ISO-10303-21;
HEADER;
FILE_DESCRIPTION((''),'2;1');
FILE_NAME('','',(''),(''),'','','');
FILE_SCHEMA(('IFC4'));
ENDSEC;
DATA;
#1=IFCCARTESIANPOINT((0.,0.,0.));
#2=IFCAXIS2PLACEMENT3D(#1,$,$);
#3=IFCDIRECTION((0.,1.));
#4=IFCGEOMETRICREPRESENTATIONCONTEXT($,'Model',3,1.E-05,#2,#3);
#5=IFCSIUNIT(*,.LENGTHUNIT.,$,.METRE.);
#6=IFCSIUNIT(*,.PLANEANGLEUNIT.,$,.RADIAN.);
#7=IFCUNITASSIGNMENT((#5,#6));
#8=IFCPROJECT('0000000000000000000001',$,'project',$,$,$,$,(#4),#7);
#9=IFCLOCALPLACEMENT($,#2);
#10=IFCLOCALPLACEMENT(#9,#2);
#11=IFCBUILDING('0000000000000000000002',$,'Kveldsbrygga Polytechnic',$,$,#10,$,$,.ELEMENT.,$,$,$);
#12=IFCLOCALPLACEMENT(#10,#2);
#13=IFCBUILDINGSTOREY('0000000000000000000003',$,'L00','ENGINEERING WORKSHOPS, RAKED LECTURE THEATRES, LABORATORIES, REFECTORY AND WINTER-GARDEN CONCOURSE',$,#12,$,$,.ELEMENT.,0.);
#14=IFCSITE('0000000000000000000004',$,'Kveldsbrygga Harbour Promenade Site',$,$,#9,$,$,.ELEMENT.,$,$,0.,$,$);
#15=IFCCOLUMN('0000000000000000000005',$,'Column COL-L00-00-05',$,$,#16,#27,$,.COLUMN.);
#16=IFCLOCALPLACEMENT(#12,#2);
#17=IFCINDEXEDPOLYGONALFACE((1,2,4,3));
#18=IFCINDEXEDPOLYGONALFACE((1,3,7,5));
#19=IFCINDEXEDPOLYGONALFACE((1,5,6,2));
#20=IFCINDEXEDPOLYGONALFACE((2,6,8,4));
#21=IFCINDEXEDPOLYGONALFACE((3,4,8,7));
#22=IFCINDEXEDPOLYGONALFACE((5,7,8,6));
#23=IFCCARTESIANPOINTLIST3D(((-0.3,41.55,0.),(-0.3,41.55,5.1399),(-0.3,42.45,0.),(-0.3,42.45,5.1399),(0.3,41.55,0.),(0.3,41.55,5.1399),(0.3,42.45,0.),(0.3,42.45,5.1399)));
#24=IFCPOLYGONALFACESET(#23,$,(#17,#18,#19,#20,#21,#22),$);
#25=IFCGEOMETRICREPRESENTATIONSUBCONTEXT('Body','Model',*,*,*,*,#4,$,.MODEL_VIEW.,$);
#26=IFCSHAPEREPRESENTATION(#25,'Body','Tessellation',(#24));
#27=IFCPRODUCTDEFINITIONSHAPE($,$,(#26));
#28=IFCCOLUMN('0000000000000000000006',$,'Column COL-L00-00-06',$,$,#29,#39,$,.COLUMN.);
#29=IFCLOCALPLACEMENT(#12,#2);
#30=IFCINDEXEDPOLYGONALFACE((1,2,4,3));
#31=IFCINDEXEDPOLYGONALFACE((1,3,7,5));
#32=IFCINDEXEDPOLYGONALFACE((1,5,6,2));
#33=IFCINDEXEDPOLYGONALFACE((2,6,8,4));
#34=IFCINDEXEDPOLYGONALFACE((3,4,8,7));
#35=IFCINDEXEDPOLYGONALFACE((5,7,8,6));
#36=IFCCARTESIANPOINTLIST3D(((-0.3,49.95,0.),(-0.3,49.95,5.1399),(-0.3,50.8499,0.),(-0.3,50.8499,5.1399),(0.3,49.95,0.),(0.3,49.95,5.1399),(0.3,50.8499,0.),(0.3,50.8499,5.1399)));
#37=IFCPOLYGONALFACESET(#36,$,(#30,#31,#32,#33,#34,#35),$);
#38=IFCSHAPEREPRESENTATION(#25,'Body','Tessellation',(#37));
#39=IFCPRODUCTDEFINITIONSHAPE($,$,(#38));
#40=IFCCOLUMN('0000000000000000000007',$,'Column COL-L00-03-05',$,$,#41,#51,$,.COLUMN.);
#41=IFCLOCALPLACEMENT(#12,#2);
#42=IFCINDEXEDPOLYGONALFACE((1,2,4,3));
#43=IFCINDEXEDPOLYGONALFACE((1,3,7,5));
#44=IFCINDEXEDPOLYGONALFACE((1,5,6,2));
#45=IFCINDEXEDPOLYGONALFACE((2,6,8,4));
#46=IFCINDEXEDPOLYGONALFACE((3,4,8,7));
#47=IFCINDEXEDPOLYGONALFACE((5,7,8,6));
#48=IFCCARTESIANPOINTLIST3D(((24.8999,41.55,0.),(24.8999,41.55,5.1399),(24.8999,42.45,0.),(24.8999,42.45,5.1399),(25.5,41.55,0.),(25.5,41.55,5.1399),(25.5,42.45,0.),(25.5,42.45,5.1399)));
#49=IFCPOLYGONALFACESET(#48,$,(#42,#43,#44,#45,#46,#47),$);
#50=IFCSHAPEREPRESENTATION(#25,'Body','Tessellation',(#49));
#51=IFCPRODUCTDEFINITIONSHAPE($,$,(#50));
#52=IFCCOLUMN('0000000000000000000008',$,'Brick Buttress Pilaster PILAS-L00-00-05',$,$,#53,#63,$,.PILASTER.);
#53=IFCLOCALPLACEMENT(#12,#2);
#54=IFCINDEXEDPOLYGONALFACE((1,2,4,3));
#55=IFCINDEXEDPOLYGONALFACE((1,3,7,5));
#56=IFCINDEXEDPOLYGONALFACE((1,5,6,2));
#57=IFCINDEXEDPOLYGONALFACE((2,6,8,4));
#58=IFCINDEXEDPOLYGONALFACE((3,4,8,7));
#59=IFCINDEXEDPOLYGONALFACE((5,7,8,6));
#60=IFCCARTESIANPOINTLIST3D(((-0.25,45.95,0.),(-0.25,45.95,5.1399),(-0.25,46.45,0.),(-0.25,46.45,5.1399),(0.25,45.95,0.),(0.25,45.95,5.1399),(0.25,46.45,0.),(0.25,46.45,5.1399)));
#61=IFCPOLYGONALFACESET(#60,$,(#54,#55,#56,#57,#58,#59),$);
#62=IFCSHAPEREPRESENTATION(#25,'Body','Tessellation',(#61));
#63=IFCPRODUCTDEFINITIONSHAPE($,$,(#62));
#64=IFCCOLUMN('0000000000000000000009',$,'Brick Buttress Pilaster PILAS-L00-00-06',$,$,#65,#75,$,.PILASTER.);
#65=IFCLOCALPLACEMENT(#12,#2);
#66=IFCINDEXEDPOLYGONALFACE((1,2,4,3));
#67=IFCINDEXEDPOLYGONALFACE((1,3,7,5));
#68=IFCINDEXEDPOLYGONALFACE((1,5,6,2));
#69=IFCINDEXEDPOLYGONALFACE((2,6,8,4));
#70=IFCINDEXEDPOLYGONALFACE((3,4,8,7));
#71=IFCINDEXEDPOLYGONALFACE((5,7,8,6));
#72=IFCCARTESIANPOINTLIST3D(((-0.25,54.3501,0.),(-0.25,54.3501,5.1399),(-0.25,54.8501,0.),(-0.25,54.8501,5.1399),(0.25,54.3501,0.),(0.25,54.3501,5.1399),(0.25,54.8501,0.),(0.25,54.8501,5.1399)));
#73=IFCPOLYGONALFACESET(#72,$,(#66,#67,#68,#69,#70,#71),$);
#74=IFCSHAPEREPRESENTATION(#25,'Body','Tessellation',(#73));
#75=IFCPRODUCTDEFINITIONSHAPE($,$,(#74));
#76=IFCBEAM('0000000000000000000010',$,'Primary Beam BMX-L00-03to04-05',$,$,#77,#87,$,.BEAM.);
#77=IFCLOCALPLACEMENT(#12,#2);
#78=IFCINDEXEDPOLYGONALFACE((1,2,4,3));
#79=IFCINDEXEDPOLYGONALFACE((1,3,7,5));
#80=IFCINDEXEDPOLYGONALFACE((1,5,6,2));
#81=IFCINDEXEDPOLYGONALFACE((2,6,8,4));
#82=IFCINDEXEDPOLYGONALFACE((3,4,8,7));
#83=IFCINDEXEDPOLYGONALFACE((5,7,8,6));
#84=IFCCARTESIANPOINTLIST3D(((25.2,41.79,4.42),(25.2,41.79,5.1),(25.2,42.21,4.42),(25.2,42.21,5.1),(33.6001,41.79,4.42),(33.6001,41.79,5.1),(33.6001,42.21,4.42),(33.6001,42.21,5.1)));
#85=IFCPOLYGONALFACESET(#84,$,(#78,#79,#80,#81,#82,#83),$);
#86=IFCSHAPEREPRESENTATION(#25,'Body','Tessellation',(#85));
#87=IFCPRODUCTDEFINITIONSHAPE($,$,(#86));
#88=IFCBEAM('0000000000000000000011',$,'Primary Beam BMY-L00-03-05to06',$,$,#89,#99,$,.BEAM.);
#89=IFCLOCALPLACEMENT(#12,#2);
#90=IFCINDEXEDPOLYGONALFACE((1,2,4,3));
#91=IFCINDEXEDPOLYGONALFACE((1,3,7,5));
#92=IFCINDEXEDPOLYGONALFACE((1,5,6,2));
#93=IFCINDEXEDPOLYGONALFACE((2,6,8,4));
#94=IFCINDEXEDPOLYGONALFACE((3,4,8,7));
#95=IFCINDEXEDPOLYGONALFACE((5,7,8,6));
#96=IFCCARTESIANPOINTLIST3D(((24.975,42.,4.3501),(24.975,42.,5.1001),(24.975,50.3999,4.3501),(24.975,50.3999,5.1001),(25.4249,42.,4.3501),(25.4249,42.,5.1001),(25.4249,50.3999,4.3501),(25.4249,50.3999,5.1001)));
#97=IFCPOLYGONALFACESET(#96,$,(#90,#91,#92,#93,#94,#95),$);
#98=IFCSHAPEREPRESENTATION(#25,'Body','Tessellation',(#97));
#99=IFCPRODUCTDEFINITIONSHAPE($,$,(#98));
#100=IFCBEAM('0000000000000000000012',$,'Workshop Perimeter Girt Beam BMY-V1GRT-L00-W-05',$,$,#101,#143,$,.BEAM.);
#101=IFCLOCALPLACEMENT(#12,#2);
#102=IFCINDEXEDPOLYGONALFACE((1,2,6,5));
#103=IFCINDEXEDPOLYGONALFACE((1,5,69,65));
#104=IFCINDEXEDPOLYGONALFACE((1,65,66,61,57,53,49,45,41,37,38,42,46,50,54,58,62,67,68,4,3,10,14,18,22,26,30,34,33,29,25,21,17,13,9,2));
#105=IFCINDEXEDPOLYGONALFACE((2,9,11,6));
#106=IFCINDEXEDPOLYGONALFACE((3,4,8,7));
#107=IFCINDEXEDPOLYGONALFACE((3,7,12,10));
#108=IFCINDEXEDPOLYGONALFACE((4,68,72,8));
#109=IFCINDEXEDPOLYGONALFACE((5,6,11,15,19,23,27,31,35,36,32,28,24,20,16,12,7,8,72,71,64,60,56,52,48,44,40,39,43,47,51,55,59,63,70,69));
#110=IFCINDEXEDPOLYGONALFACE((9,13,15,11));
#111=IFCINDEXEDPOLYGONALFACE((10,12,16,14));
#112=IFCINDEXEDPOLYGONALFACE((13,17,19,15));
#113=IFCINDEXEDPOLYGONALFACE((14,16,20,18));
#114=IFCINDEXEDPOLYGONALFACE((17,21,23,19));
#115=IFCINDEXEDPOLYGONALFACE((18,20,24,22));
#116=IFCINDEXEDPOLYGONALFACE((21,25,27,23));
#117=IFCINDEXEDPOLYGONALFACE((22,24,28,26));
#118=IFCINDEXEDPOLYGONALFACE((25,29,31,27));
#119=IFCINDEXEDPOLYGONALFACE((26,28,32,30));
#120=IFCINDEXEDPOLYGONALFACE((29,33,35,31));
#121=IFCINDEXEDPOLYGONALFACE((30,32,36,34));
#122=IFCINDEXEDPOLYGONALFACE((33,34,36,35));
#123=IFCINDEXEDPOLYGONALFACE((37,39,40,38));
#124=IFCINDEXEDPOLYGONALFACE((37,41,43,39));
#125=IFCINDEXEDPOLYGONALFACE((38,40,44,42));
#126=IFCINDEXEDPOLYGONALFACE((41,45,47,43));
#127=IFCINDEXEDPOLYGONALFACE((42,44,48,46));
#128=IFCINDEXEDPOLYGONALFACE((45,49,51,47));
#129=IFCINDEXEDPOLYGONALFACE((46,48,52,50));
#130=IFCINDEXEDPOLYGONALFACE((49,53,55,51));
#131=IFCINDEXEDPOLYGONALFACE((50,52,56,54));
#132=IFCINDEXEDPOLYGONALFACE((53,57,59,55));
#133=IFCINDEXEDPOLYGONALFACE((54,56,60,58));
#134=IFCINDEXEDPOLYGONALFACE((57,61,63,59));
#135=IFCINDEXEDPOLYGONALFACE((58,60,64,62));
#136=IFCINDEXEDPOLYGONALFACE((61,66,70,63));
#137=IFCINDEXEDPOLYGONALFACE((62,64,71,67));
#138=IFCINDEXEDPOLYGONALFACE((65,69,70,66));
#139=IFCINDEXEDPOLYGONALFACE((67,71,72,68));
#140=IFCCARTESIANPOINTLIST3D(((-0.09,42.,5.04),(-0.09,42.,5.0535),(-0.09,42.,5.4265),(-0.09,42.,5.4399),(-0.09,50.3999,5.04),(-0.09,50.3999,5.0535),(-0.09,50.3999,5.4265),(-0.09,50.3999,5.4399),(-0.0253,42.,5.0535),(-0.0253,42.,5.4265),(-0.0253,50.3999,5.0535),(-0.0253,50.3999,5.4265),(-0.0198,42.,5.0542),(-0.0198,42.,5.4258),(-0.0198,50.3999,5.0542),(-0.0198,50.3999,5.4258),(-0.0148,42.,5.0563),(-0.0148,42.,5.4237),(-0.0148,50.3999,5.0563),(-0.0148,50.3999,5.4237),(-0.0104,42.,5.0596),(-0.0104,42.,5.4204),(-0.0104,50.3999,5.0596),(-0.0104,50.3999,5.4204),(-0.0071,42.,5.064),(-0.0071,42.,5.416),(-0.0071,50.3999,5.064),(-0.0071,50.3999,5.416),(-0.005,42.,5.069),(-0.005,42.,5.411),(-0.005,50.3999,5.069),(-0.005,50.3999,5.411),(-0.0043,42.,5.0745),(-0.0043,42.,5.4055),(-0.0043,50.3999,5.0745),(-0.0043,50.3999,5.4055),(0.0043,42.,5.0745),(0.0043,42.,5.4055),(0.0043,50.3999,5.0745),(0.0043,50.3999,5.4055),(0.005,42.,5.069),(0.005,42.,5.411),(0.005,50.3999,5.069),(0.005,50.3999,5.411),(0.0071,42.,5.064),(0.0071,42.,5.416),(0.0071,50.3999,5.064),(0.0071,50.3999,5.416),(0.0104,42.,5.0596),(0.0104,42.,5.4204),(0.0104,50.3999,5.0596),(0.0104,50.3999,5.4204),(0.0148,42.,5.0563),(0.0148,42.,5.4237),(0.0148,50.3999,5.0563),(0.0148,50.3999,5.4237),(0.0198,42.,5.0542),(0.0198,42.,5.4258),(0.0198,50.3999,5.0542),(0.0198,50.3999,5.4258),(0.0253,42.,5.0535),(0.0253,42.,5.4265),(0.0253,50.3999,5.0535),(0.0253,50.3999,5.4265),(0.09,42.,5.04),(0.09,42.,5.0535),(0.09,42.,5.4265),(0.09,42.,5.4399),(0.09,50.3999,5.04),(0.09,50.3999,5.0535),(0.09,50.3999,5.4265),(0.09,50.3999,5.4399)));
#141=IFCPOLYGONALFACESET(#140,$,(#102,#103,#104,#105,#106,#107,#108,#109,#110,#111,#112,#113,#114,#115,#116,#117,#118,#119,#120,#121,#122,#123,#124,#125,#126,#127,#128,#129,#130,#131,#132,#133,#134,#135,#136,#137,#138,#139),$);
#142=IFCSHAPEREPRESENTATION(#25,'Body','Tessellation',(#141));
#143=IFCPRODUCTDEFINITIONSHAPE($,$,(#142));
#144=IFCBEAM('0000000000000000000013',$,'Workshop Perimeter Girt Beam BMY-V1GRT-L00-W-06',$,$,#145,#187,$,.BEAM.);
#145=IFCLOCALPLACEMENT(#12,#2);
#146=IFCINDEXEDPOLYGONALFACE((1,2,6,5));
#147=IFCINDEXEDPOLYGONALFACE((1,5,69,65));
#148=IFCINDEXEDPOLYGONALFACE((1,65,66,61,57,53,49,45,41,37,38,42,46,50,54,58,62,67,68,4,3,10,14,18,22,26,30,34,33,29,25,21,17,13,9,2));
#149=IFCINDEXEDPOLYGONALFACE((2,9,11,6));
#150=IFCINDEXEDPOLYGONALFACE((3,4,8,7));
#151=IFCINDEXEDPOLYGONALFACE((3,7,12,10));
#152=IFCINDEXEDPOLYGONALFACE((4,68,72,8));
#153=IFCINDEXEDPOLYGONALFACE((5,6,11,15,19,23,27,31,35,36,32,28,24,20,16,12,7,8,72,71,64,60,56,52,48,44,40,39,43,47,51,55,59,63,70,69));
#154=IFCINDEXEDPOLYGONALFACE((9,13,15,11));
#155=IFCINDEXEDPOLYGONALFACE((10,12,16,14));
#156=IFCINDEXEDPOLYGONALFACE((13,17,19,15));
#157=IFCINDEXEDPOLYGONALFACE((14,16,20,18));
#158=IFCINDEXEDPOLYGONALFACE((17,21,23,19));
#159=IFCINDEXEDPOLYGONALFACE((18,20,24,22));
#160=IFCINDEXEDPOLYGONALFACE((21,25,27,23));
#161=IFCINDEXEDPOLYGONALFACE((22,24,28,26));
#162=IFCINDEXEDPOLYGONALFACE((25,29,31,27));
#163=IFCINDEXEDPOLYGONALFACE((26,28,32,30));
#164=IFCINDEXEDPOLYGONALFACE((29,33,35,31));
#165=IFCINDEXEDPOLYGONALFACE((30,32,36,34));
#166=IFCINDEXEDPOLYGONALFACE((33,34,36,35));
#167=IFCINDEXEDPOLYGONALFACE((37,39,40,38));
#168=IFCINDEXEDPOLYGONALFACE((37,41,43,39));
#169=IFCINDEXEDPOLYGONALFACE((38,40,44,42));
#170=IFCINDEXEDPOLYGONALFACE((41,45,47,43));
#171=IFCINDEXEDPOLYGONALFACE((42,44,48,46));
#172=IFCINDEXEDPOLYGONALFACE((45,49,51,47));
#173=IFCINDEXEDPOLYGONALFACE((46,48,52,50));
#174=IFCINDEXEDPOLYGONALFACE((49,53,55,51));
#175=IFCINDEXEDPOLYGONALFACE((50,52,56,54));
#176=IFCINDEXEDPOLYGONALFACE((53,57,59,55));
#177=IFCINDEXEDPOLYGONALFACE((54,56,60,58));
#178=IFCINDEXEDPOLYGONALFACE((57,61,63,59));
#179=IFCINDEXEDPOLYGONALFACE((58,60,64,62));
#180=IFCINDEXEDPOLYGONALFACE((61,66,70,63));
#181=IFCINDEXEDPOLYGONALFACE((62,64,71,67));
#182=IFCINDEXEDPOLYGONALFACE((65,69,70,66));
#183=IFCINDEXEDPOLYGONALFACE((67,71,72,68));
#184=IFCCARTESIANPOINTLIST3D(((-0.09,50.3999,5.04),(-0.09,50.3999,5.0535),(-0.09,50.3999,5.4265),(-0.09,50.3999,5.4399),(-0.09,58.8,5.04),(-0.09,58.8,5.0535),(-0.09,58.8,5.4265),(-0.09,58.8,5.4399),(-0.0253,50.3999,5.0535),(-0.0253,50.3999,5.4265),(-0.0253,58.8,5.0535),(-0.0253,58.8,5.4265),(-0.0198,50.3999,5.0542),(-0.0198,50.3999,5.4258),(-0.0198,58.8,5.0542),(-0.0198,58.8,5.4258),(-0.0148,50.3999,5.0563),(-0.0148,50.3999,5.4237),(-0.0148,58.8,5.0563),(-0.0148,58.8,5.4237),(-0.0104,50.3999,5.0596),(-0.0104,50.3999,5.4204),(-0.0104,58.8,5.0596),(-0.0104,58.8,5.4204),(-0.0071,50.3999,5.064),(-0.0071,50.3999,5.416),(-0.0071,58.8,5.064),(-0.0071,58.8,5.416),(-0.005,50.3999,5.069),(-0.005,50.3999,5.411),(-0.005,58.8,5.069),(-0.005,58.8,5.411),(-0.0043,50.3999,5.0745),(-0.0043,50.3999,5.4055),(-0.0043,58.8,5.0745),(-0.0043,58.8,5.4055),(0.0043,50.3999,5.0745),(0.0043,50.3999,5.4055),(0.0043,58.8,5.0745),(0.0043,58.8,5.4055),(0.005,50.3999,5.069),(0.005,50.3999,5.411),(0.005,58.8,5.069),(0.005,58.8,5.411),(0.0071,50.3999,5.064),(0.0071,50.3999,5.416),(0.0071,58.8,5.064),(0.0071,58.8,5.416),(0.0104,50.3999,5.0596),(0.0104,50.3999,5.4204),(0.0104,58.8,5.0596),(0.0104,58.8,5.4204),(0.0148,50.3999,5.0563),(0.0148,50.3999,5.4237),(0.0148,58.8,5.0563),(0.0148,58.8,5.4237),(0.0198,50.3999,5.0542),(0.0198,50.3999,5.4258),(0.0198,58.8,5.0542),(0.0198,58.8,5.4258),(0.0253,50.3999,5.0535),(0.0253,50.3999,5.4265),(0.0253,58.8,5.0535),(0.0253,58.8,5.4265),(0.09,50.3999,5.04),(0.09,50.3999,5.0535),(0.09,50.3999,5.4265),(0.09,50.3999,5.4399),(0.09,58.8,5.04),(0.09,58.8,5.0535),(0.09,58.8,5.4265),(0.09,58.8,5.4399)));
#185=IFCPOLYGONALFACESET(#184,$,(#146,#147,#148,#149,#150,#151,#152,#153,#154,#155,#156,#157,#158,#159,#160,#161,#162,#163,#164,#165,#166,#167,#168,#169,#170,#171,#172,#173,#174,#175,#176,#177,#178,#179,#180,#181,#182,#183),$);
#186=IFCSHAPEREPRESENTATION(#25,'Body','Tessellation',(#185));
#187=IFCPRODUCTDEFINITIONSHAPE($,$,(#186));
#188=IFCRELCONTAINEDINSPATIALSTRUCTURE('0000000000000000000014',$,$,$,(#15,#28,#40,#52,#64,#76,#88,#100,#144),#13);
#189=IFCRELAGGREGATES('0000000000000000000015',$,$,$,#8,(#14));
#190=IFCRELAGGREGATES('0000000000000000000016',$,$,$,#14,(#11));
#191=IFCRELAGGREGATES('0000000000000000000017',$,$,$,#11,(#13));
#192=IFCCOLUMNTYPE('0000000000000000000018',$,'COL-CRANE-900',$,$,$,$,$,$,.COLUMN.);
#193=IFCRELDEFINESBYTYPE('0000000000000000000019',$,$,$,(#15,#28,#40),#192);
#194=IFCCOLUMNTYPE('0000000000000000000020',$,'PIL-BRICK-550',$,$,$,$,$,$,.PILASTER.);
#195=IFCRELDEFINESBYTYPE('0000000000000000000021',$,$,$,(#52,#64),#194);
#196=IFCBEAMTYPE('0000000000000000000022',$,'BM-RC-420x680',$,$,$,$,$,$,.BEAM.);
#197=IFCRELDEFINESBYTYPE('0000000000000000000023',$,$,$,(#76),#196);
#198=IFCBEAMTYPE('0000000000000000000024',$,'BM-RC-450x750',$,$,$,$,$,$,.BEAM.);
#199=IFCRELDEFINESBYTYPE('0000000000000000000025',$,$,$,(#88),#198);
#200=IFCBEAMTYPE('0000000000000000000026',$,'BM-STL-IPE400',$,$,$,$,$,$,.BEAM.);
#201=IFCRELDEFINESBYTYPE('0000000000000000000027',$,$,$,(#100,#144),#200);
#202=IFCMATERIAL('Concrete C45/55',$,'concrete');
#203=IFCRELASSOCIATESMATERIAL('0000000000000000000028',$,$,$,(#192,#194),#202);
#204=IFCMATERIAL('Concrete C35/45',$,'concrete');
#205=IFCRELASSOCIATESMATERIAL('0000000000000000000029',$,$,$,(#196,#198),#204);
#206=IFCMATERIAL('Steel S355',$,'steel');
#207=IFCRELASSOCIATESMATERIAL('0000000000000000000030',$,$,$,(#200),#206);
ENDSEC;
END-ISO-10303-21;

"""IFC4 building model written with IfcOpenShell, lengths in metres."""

from ifc_helpers import new_model, si_unit, direction, frame, origin, origin_2d, place, context, subcontext, project, spatial, rectangle, i_section, extrude, material, material_profile, profile_set, type_object, element, save


model = new_model("IFC4")

# Units and contexts
model_context = context("Model", 3, precision=1e-05, world=origin(), true_north=direction((0.0, 1.0)))
body_context = subcontext(model_context, "Body", "Model", "MODEL_VIEW")
ifc_project = project(units=[si_unit("LENGTHUNIT", "METRE"), si_unit("PLANEANGLEUNIT", "RADIAN")], contexts=[model_context])

# Site, building, storey
site_placement = place(None, origin())
site = spatial("IfcSite", under=ifc_project, at=site_placement, Name="Kveldsbrygga Harbour Promenade Site", CompositionType="ELEMENT", RefElevation=0.0)
building_placement = place(site_placement, origin())
building = spatial("IfcBuilding", under=site, at=building_placement, Name="Kveldsbrygga Polytechnic", CompositionType="ELEMENT")
storey_placement = place(building_placement, origin())
storey = spatial("IfcBuildingStorey", under=building, at=storey_placement, Name="L00", Description="ENGINEERING WORKSHOPS, RAKED LECTURE THEATRES, LABORATORIES, REFECTORY AND WINTER-GARDEN CONCOURSE", CompositionType="ELEMENT", Elevation=0.0)

# Columns
ifc_material_1 = material(Name="Concrete C45/55", Category="concrete")
ifc_material_profile_1 = material_profile(ifc_material_1, rectangle(XDim=0.6001, YDim=0.8999, at=origin_2d()), Name="RC 600x900")
ifc_profile_set_1 = profile_set([ifc_material_profile_1], Name="Concrete C45/55")
column_type_1 = type_object("IfcColumnType", Name="COL-CRANE-900", PredefinedType="COLUMN", material=ifc_profile_set_1)
for number, where, z_axis, x_axis, name in (
    (1, (0.0, 42.0, 0.0), (0.0, 0.0, 1.0), (1.0, 0.0, 0.0), "Column COL-L00-00-05"),
    (2, (0.0, 50.3999, 0.0), (0.0, 0.0, 1.0), (1.0, 0.0, 0.0), "Column COL-L00-00-06"),
    (3, (25.2, 42.0, 0.0), (0.0, 0.0, 1.0), (1.0, 0.0, 0.0), "Column COL-L00-03-05"),
):
    element("IfcColumn", number, at=place(storey_placement, frame(where, z_axis=z_axis, x_axis=x_axis)), inside=storey, type_object=column_type_1, Name=name, PredefinedType="COLUMN", context=body_context, shape_type="SweptSolid", body=[
        extrude(rectangle(XDim=0.6001, YDim=0.8999, at=origin_2d()), origin(), (0.0, 0.0, 1.0), 5.1399),
    ])
ifc_material_profile_2 = material_profile(ifc_material_1, rectangle(XDim=0.5, YDim=0.5, at=origin_2d()), Name="RC 500x500")
ifc_profile_set_2 = profile_set([ifc_material_profile_2], Name="Concrete C45/55")
column_type_2 = type_object("IfcColumnType", Name="PIL-BRICK-550", PredefinedType="PILASTER", material=ifc_profile_set_2)
for number, where, z_axis, x_axis, name in (
    (4, (0.0, 46.2, 0.0), (0.0, 0.0, 1.0), (1.0, 0.0, 0.0), "Brick Buttress Pilaster PILAS-L00-00-05"),
    (5, (0.0, 54.6001, 0.0), (0.0, 0.0, 1.0), (1.0, 0.0, 0.0), "Brick Buttress Pilaster PILAS-L00-00-06"),
):
    element("IfcColumn", number, at=place(storey_placement, frame(where, z_axis=z_axis, x_axis=x_axis)), inside=storey, type_object=column_type_2, Name=name, PredefinedType="PILASTER", context=body_context, shape_type="SweptSolid", body=[
        extrude(rectangle(XDim=0.5, YDim=0.5, at=origin_2d()), origin(), (0.0, 0.0, 1.0), 5.1399),
    ])

# Beams
ifc_material_2 = material(Name="Concrete C35/45", Category="concrete")
ifc_material_profile_3 = material_profile(ifc_material_2, rectangle(XDim=0.4199, YDim=0.6799, at=origin_2d()), Name="RC 420x680")
ifc_profile_set_3 = profile_set([ifc_material_profile_3], Name="Concrete C35/45")
beam_type_1 = type_object("IfcBeamType", Name="BM-RC-420x680", PredefinedType="BEAM", material=ifc_profile_set_3)
beam_1_placement = place(storey_placement, frame((25.2, 42.0, 4.76), z_axis=(1.0, 0.0, 0.0), x_axis=(0.0, 1.0, 0.0)))
element("IfcBeam", 6, at=beam_1_placement, inside=storey, type_object=beam_type_1, Name="Primary Beam BMX-L00-03to04-05", PredefinedType="BEAM", context=body_context, shape_type="SweptSolid", body=[
    extrude(rectangle(XDim=0.4199, YDim=0.6799, at=origin_2d()), origin(), (0.0, 0.0, 1.0), 8.4001),
])
ifc_material_profile_4 = material_profile(ifc_material_2, rectangle(XDim=0.45, YDim=0.75, at=origin_2d()), Name="RC 450x750")
ifc_profile_set_4 = profile_set([ifc_material_profile_4], Name="Concrete C35/45")
beam_type_2 = type_object("IfcBeamType", Name="BM-RC-450x750", PredefinedType="BEAM", material=ifc_profile_set_4)
beam_2_placement = place(storey_placement, frame((25.2, 42.0, 4.7251), z_axis=(0.0, 1.0, 0.0), x_axis=(-1.0, 0.0, 0.0)))
element("IfcBeam", 7, at=beam_2_placement, inside=storey, type_object=beam_type_2, Name="Primary Beam BMY-L00-03-05to06", PredefinedType="BEAM", context=body_context, shape_type="SweptSolid", body=[
    extrude(rectangle(XDim=0.45, YDim=0.75, at=origin_2d()), origin(), (0.0, 0.0, 1.0), 8.3999),
])
ifc_material_3 = material(Name="Steel S355", Category="steel")
ifc_material_profile_5 = material_profile(ifc_material_3, i_section(OverallWidth=0.1799, OverallDepth=0.3999, WebThickness=0.0085, FlangeThickness=0.0134, FilletRadius=0.021, at=origin_2d()), Name="IPE 400")
ifc_profile_set_5 = profile_set([ifc_material_profile_5], Name="Steel S355")
beam_type_3 = type_object("IfcBeamType", Name="BM-STL-IPE400", PredefinedType="BEAM", material=ifc_profile_set_5)
beam_3_placement = place(storey_placement, frame((0.0, 42.0, 5.24), z_axis=(0.0, 1.0, 0.0), x_axis=(-1.0, 0.0, 0.0)))
element("IfcBeam", 8, at=beam_3_placement, inside=storey, type_object=beam_type_3, Name="Workshop Perimeter Girt Beam BMY-V1GRT-L00-W-05", PredefinedType="BEAM", context=body_context, shape_type="SweptSolid", body=[
    extrude(i_section(OverallWidth=0.1799, OverallDepth=0.3999, WebThickness=0.0085, FlangeThickness=0.0134, FilletRadius=0.021, at=origin_2d()), origin(), (0.0, 0.0, 1.0), 8.3999),
])
beam_4_placement = place(storey_placement, frame((0.0, 50.3999, 5.24), z_axis=(0.0, 1.0, 0.0), x_axis=(-1.0, 0.0, 0.0)))
element("IfcBeam", 9, at=beam_4_placement, inside=storey, type_object=beam_type_3, Name="Workshop Perimeter Girt Beam BMY-V1GRT-L00-W-06", PredefinedType="BEAM", context=body_context, shape_type="SweptSolid", body=[
    extrude(i_section(OverallWidth=0.1799, OverallDepth=0.3999, WebThickness=0.0085, FlangeThickness=0.0134, FilletRadius=0.021, at=origin_2d()), origin(), (0.0, 0.0, 1.0), 8.4001),
])

save(model, "model.ifc")
